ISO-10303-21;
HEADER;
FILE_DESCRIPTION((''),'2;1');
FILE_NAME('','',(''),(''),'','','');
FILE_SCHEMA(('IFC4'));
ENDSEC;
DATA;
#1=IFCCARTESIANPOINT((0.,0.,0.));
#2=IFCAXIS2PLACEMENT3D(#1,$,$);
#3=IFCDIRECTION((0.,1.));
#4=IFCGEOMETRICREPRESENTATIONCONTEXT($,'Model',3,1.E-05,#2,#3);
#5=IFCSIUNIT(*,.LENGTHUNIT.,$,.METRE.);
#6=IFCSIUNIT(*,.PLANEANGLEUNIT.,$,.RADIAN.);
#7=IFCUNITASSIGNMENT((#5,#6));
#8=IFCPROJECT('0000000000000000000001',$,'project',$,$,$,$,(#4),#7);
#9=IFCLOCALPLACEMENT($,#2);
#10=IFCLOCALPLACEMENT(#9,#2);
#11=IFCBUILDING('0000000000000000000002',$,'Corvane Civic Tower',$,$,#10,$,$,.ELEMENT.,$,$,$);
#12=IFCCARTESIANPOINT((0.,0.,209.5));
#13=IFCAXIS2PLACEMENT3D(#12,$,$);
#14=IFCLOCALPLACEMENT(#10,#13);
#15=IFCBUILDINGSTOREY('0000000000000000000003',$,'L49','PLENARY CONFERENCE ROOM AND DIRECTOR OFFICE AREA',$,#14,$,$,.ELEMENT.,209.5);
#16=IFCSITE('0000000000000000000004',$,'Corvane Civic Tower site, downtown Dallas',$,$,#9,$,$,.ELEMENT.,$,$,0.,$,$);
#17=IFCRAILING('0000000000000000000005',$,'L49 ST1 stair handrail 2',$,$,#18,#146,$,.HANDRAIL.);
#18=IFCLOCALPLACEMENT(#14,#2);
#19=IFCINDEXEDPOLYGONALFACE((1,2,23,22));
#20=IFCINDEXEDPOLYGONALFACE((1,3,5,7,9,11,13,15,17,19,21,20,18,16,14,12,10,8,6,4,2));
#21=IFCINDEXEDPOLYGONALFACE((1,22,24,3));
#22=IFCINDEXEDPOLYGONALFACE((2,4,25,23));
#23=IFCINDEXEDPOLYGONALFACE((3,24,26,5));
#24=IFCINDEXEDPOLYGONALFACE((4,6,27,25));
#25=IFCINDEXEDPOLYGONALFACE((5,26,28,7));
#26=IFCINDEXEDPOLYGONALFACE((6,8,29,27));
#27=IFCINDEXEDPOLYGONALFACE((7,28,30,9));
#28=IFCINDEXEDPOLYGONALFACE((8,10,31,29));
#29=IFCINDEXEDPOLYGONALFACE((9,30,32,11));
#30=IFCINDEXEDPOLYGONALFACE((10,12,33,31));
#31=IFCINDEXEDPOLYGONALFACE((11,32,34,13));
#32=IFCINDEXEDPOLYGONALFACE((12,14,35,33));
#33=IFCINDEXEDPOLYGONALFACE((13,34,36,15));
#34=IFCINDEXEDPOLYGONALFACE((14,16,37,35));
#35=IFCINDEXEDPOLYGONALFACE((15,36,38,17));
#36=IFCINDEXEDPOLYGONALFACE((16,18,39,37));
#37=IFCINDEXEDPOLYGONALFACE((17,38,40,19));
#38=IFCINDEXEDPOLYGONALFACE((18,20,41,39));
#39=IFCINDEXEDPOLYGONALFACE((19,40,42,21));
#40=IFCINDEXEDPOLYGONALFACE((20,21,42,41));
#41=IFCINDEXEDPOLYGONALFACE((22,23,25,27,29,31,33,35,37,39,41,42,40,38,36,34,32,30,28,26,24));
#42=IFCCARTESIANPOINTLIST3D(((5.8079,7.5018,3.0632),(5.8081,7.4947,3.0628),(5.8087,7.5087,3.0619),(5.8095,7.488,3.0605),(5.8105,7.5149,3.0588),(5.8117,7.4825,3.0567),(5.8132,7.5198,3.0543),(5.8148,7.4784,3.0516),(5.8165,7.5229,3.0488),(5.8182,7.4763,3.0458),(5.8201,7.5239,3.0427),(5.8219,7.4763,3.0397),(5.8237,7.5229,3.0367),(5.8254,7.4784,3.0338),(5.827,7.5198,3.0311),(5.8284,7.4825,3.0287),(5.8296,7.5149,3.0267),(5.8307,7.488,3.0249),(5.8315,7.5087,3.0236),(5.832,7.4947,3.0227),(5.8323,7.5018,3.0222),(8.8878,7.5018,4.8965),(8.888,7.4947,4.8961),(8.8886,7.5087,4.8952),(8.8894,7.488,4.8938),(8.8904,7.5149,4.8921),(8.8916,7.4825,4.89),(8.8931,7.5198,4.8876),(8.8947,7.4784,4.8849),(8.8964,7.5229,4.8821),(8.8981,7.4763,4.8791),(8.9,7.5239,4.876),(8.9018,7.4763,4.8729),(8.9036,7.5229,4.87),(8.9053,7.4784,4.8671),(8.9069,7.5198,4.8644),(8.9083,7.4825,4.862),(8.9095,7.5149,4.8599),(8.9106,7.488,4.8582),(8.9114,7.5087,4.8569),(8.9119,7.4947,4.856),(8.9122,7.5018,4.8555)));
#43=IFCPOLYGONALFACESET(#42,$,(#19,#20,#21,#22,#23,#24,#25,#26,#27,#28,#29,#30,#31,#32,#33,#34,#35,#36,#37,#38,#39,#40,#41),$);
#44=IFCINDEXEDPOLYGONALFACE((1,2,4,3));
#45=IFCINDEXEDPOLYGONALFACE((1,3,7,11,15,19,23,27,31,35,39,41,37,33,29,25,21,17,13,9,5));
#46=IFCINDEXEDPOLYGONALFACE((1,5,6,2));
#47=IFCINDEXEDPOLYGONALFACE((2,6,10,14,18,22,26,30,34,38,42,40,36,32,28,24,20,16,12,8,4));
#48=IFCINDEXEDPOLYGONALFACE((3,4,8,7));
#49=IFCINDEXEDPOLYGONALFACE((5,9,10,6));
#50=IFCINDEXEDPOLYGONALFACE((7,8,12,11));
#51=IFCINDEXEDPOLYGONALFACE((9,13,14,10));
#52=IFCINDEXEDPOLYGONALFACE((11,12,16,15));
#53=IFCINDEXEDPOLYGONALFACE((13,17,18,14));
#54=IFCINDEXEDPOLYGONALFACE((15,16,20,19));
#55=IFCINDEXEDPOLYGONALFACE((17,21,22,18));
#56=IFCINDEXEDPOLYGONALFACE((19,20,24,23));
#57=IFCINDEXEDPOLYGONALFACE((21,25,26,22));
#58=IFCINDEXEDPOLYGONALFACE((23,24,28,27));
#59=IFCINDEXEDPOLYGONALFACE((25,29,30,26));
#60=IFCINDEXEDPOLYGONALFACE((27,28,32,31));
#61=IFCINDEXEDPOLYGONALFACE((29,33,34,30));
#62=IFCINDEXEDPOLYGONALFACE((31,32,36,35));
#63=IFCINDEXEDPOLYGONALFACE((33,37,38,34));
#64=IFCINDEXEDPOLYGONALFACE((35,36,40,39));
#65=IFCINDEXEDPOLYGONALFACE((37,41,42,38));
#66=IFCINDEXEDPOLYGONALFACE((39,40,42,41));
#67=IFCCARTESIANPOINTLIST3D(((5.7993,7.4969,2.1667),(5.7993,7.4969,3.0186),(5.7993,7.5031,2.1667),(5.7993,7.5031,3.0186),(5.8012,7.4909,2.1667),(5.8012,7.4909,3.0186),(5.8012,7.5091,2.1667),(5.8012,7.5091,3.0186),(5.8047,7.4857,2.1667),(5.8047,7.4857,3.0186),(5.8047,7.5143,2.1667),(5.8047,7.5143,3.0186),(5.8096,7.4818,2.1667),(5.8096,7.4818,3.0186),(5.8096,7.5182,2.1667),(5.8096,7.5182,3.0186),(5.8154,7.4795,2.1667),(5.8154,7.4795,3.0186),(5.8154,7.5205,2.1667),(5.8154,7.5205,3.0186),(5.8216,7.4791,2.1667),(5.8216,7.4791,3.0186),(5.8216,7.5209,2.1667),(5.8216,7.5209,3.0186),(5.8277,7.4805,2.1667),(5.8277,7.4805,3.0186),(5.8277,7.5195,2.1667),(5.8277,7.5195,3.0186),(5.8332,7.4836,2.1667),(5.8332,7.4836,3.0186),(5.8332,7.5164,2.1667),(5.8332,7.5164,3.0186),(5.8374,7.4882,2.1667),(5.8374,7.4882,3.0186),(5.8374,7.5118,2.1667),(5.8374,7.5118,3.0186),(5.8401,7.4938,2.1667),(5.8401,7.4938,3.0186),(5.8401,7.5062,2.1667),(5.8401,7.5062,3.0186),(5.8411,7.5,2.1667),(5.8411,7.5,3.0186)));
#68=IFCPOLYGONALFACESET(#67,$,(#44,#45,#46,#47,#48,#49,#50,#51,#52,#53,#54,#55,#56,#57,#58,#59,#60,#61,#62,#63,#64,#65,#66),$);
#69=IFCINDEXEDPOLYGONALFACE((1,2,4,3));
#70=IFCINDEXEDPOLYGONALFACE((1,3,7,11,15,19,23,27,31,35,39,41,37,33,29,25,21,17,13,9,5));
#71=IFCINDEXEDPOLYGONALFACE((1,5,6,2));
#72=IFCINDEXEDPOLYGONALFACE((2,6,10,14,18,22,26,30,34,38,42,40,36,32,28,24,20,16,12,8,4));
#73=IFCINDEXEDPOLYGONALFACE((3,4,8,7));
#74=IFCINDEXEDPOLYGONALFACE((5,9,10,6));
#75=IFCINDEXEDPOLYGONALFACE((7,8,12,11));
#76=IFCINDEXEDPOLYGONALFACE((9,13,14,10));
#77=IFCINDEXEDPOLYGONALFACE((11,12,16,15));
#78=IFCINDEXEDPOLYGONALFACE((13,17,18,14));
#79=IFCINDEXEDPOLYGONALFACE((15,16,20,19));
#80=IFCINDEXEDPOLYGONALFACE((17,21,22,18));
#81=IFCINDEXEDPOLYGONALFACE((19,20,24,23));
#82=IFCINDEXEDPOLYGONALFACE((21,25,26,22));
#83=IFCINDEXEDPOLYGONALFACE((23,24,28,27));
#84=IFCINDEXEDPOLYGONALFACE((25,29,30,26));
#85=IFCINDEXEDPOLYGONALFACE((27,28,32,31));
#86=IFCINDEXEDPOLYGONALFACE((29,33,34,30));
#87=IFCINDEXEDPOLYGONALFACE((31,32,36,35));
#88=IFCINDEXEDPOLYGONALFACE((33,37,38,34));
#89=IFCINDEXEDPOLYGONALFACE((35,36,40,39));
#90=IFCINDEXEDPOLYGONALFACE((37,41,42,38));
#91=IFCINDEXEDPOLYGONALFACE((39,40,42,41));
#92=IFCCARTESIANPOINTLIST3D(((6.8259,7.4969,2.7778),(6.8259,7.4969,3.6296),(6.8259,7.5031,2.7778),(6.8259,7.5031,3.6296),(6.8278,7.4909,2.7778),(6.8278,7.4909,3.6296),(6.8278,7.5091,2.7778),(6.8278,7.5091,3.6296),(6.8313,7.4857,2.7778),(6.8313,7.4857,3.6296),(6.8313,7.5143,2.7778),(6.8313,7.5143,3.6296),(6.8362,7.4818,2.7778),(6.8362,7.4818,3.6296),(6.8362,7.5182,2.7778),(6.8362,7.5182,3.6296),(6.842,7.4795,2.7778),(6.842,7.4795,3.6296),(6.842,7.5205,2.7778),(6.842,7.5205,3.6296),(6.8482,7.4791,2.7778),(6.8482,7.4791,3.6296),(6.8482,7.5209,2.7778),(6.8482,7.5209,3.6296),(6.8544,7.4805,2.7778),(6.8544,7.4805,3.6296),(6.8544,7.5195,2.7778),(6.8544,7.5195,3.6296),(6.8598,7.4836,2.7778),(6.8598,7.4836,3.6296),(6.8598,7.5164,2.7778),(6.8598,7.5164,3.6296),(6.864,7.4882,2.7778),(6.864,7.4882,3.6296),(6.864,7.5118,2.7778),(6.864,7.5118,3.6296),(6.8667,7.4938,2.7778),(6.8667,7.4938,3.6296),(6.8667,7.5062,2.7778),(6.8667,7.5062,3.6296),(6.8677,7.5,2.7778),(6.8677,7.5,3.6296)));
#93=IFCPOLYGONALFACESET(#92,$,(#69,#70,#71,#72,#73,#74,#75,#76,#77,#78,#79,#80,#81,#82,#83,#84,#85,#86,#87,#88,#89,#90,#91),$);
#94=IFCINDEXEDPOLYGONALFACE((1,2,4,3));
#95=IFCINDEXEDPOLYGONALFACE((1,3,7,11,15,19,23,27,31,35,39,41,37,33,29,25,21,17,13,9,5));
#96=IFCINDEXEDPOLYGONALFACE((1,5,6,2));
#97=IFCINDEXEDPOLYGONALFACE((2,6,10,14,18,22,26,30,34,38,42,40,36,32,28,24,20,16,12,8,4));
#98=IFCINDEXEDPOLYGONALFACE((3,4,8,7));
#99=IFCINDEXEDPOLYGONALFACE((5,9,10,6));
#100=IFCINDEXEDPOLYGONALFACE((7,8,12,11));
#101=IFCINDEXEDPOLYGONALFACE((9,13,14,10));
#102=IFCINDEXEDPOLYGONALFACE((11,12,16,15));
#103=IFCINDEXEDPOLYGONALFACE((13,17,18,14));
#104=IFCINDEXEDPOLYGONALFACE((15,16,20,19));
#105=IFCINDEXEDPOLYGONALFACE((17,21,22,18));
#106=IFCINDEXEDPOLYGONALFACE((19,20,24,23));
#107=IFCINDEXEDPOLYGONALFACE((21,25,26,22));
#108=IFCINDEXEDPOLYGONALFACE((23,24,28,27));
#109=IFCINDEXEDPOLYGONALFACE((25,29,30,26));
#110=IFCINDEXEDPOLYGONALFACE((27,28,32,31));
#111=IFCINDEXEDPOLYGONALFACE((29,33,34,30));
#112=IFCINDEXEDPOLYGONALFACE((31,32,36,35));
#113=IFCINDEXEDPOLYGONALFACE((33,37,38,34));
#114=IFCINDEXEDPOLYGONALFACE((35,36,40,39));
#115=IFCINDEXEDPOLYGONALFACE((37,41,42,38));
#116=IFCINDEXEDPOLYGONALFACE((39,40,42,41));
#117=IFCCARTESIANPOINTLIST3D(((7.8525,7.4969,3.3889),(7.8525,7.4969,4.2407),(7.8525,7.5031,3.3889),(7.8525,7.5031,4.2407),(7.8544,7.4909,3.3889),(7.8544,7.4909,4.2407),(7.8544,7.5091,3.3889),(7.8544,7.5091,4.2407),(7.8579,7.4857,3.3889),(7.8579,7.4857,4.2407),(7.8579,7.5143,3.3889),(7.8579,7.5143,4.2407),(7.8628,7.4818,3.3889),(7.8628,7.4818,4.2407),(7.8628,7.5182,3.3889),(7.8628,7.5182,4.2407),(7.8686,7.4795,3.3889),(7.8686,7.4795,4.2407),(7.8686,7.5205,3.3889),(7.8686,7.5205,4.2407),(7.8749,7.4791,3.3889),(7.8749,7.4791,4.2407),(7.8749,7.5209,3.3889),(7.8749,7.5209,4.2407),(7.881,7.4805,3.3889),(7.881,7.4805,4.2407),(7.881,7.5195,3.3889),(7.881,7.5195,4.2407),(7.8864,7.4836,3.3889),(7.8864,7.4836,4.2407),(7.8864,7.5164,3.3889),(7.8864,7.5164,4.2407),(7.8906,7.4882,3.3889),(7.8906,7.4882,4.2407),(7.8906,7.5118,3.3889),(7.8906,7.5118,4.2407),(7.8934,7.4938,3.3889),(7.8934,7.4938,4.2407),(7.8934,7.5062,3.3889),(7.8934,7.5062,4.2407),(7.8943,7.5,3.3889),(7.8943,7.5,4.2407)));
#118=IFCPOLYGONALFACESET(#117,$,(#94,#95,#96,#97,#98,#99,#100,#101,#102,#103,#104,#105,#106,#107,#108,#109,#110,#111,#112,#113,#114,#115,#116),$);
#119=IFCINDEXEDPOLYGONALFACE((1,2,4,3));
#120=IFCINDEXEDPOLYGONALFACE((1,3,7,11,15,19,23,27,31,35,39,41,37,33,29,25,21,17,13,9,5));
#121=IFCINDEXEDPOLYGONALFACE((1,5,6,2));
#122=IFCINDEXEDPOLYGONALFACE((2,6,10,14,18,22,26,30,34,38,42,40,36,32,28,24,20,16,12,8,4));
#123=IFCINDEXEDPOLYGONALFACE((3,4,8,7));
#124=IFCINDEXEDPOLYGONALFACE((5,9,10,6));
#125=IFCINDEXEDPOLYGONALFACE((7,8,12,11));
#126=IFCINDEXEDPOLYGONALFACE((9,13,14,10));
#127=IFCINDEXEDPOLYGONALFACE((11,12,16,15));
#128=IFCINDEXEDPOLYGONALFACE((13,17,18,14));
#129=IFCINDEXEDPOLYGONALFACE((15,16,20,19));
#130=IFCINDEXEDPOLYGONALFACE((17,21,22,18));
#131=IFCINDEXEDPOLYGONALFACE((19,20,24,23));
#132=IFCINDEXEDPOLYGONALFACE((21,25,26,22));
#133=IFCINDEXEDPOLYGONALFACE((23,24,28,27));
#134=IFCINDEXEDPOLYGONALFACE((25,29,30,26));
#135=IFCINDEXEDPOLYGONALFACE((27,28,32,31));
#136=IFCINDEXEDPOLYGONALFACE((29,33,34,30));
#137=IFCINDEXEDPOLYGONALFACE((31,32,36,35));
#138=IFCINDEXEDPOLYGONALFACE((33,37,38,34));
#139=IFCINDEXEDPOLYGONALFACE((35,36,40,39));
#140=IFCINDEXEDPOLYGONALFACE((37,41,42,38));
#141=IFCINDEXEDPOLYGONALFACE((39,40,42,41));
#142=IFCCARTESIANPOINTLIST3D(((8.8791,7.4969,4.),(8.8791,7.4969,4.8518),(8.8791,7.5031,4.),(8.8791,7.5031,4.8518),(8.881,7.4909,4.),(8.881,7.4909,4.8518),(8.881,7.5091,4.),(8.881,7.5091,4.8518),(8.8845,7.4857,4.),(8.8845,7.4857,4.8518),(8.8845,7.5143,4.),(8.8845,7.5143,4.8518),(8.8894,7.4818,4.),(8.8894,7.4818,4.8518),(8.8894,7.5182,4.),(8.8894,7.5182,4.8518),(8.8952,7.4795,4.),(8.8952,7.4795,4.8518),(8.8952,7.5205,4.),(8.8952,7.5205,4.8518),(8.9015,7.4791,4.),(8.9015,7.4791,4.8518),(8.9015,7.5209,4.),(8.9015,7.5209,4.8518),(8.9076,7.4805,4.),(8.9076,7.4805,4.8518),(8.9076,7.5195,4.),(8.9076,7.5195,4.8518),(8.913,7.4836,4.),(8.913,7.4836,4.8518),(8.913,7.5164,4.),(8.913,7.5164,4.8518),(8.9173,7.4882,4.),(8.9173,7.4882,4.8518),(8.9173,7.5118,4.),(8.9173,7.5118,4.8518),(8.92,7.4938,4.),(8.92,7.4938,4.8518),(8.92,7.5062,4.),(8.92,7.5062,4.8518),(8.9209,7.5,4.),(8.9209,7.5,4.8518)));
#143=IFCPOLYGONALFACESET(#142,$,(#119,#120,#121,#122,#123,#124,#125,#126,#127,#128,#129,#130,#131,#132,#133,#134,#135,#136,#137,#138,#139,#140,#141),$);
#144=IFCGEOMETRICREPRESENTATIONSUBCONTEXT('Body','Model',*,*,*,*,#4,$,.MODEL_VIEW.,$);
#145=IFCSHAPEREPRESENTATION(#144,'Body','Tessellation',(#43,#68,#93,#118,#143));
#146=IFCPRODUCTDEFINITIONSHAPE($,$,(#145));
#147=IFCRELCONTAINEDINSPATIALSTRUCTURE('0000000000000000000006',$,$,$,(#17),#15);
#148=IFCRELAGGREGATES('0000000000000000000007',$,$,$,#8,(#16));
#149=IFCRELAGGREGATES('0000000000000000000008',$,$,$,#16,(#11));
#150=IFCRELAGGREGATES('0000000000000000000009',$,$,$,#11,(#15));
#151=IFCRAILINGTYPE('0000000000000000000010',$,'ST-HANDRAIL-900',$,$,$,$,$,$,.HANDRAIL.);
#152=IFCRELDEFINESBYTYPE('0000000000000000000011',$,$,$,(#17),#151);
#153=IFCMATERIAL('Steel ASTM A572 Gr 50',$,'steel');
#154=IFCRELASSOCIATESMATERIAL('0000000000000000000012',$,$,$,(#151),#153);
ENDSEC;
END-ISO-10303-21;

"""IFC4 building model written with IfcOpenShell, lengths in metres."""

from ifc_helpers import new_model, si_unit, direction, frame, origin, origin_2d, place, context, subcontext, project, spatial, circle, extrude, material, type_object, element, save


model = new_model("IFC4")

# Units and contexts
model_context = context("Model", 3, precision=1e-05, world=origin(), true_north=direction((0.0, 1.0)))
body_context = subcontext(model_context, "Body", "Model", "MODEL_VIEW")
ifc_project = project(units=[si_unit("LENGTHUNIT", "METRE"), si_unit("PLANEANGLEUNIT", "RADIAN")], contexts=[model_context])

# Site, building, storey
site_placement = place(None, origin())
site = spatial("IfcSite", under=ifc_project, at=site_placement, Name="Corvane Civic Tower site, downtown Dallas", CompositionType="ELEMENT", RefElevation=0.0)
building_placement = place(site_placement, origin())
building = spatial("IfcBuilding", under=site, at=building_placement, Name="Corvane Civic Tower", CompositionType="ELEMENT")
storey_placement = place(building_placement, frame((0.0, 0.0, 209.5)))
storey = spatial("IfcBuildingStorey", under=building, at=storey_placement, Name="L49", Description="PLENARY CONFERENCE ROOM AND DIRECTOR OFFICE AREA", CompositionType="ELEMENT", Elevation=209.5)

# Railing
ifc_material_1 = material(Name="Steel ASTM A572 Gr 50", Category="steel")
railing_type_1 = type_object("IfcRailingType", Name="ST-HANDRAIL-900", PredefinedType="HANDRAIL", material=ifc_material_1)
railing_1_placement = place(storey_placement, frame((5.8201, 7.5, 2.1667)))
element("IfcRailing", 1, at=railing_1_placement, inside=storey, type_object=railing_type_1, Name="L49 ST1 stair handrail 2", PredefinedType="HANDRAIL", context=body_context, shape_type="SweptSolid", body=[
    extrude(circle(Radius=0.0239, at=origin_2d()), frame((0.0, 0.0, 0.876), z_axis=(0.859291, 0.0, 0.511487), x_axis=(0.0, 1.0, 0.0)), (0.0, 0.0, 1.0), 3.5842),
    extrude(circle(Radius=0.021, at=origin_2d()), origin(), (0.0, 0.0, 1.0), 0.8518),
    extrude(circle(Radius=0.021, at=origin_2d()), frame((1.0266, 0.0, 0.6111)), (0.0, 0.0, 1.0), 0.8518),
    extrude(circle(Radius=0.021, at=origin_2d()), frame((2.0532, 0.0, 1.2222)), (0.0, 0.0, 1.0), 0.8518),
    extrude(circle(Radius=0.021, at=origin_2d()), frame((3.0798, 0.0, 1.8333)), (0.0, 0.0, 1.0), 0.8518),
])

save(model, "model.ifc")
